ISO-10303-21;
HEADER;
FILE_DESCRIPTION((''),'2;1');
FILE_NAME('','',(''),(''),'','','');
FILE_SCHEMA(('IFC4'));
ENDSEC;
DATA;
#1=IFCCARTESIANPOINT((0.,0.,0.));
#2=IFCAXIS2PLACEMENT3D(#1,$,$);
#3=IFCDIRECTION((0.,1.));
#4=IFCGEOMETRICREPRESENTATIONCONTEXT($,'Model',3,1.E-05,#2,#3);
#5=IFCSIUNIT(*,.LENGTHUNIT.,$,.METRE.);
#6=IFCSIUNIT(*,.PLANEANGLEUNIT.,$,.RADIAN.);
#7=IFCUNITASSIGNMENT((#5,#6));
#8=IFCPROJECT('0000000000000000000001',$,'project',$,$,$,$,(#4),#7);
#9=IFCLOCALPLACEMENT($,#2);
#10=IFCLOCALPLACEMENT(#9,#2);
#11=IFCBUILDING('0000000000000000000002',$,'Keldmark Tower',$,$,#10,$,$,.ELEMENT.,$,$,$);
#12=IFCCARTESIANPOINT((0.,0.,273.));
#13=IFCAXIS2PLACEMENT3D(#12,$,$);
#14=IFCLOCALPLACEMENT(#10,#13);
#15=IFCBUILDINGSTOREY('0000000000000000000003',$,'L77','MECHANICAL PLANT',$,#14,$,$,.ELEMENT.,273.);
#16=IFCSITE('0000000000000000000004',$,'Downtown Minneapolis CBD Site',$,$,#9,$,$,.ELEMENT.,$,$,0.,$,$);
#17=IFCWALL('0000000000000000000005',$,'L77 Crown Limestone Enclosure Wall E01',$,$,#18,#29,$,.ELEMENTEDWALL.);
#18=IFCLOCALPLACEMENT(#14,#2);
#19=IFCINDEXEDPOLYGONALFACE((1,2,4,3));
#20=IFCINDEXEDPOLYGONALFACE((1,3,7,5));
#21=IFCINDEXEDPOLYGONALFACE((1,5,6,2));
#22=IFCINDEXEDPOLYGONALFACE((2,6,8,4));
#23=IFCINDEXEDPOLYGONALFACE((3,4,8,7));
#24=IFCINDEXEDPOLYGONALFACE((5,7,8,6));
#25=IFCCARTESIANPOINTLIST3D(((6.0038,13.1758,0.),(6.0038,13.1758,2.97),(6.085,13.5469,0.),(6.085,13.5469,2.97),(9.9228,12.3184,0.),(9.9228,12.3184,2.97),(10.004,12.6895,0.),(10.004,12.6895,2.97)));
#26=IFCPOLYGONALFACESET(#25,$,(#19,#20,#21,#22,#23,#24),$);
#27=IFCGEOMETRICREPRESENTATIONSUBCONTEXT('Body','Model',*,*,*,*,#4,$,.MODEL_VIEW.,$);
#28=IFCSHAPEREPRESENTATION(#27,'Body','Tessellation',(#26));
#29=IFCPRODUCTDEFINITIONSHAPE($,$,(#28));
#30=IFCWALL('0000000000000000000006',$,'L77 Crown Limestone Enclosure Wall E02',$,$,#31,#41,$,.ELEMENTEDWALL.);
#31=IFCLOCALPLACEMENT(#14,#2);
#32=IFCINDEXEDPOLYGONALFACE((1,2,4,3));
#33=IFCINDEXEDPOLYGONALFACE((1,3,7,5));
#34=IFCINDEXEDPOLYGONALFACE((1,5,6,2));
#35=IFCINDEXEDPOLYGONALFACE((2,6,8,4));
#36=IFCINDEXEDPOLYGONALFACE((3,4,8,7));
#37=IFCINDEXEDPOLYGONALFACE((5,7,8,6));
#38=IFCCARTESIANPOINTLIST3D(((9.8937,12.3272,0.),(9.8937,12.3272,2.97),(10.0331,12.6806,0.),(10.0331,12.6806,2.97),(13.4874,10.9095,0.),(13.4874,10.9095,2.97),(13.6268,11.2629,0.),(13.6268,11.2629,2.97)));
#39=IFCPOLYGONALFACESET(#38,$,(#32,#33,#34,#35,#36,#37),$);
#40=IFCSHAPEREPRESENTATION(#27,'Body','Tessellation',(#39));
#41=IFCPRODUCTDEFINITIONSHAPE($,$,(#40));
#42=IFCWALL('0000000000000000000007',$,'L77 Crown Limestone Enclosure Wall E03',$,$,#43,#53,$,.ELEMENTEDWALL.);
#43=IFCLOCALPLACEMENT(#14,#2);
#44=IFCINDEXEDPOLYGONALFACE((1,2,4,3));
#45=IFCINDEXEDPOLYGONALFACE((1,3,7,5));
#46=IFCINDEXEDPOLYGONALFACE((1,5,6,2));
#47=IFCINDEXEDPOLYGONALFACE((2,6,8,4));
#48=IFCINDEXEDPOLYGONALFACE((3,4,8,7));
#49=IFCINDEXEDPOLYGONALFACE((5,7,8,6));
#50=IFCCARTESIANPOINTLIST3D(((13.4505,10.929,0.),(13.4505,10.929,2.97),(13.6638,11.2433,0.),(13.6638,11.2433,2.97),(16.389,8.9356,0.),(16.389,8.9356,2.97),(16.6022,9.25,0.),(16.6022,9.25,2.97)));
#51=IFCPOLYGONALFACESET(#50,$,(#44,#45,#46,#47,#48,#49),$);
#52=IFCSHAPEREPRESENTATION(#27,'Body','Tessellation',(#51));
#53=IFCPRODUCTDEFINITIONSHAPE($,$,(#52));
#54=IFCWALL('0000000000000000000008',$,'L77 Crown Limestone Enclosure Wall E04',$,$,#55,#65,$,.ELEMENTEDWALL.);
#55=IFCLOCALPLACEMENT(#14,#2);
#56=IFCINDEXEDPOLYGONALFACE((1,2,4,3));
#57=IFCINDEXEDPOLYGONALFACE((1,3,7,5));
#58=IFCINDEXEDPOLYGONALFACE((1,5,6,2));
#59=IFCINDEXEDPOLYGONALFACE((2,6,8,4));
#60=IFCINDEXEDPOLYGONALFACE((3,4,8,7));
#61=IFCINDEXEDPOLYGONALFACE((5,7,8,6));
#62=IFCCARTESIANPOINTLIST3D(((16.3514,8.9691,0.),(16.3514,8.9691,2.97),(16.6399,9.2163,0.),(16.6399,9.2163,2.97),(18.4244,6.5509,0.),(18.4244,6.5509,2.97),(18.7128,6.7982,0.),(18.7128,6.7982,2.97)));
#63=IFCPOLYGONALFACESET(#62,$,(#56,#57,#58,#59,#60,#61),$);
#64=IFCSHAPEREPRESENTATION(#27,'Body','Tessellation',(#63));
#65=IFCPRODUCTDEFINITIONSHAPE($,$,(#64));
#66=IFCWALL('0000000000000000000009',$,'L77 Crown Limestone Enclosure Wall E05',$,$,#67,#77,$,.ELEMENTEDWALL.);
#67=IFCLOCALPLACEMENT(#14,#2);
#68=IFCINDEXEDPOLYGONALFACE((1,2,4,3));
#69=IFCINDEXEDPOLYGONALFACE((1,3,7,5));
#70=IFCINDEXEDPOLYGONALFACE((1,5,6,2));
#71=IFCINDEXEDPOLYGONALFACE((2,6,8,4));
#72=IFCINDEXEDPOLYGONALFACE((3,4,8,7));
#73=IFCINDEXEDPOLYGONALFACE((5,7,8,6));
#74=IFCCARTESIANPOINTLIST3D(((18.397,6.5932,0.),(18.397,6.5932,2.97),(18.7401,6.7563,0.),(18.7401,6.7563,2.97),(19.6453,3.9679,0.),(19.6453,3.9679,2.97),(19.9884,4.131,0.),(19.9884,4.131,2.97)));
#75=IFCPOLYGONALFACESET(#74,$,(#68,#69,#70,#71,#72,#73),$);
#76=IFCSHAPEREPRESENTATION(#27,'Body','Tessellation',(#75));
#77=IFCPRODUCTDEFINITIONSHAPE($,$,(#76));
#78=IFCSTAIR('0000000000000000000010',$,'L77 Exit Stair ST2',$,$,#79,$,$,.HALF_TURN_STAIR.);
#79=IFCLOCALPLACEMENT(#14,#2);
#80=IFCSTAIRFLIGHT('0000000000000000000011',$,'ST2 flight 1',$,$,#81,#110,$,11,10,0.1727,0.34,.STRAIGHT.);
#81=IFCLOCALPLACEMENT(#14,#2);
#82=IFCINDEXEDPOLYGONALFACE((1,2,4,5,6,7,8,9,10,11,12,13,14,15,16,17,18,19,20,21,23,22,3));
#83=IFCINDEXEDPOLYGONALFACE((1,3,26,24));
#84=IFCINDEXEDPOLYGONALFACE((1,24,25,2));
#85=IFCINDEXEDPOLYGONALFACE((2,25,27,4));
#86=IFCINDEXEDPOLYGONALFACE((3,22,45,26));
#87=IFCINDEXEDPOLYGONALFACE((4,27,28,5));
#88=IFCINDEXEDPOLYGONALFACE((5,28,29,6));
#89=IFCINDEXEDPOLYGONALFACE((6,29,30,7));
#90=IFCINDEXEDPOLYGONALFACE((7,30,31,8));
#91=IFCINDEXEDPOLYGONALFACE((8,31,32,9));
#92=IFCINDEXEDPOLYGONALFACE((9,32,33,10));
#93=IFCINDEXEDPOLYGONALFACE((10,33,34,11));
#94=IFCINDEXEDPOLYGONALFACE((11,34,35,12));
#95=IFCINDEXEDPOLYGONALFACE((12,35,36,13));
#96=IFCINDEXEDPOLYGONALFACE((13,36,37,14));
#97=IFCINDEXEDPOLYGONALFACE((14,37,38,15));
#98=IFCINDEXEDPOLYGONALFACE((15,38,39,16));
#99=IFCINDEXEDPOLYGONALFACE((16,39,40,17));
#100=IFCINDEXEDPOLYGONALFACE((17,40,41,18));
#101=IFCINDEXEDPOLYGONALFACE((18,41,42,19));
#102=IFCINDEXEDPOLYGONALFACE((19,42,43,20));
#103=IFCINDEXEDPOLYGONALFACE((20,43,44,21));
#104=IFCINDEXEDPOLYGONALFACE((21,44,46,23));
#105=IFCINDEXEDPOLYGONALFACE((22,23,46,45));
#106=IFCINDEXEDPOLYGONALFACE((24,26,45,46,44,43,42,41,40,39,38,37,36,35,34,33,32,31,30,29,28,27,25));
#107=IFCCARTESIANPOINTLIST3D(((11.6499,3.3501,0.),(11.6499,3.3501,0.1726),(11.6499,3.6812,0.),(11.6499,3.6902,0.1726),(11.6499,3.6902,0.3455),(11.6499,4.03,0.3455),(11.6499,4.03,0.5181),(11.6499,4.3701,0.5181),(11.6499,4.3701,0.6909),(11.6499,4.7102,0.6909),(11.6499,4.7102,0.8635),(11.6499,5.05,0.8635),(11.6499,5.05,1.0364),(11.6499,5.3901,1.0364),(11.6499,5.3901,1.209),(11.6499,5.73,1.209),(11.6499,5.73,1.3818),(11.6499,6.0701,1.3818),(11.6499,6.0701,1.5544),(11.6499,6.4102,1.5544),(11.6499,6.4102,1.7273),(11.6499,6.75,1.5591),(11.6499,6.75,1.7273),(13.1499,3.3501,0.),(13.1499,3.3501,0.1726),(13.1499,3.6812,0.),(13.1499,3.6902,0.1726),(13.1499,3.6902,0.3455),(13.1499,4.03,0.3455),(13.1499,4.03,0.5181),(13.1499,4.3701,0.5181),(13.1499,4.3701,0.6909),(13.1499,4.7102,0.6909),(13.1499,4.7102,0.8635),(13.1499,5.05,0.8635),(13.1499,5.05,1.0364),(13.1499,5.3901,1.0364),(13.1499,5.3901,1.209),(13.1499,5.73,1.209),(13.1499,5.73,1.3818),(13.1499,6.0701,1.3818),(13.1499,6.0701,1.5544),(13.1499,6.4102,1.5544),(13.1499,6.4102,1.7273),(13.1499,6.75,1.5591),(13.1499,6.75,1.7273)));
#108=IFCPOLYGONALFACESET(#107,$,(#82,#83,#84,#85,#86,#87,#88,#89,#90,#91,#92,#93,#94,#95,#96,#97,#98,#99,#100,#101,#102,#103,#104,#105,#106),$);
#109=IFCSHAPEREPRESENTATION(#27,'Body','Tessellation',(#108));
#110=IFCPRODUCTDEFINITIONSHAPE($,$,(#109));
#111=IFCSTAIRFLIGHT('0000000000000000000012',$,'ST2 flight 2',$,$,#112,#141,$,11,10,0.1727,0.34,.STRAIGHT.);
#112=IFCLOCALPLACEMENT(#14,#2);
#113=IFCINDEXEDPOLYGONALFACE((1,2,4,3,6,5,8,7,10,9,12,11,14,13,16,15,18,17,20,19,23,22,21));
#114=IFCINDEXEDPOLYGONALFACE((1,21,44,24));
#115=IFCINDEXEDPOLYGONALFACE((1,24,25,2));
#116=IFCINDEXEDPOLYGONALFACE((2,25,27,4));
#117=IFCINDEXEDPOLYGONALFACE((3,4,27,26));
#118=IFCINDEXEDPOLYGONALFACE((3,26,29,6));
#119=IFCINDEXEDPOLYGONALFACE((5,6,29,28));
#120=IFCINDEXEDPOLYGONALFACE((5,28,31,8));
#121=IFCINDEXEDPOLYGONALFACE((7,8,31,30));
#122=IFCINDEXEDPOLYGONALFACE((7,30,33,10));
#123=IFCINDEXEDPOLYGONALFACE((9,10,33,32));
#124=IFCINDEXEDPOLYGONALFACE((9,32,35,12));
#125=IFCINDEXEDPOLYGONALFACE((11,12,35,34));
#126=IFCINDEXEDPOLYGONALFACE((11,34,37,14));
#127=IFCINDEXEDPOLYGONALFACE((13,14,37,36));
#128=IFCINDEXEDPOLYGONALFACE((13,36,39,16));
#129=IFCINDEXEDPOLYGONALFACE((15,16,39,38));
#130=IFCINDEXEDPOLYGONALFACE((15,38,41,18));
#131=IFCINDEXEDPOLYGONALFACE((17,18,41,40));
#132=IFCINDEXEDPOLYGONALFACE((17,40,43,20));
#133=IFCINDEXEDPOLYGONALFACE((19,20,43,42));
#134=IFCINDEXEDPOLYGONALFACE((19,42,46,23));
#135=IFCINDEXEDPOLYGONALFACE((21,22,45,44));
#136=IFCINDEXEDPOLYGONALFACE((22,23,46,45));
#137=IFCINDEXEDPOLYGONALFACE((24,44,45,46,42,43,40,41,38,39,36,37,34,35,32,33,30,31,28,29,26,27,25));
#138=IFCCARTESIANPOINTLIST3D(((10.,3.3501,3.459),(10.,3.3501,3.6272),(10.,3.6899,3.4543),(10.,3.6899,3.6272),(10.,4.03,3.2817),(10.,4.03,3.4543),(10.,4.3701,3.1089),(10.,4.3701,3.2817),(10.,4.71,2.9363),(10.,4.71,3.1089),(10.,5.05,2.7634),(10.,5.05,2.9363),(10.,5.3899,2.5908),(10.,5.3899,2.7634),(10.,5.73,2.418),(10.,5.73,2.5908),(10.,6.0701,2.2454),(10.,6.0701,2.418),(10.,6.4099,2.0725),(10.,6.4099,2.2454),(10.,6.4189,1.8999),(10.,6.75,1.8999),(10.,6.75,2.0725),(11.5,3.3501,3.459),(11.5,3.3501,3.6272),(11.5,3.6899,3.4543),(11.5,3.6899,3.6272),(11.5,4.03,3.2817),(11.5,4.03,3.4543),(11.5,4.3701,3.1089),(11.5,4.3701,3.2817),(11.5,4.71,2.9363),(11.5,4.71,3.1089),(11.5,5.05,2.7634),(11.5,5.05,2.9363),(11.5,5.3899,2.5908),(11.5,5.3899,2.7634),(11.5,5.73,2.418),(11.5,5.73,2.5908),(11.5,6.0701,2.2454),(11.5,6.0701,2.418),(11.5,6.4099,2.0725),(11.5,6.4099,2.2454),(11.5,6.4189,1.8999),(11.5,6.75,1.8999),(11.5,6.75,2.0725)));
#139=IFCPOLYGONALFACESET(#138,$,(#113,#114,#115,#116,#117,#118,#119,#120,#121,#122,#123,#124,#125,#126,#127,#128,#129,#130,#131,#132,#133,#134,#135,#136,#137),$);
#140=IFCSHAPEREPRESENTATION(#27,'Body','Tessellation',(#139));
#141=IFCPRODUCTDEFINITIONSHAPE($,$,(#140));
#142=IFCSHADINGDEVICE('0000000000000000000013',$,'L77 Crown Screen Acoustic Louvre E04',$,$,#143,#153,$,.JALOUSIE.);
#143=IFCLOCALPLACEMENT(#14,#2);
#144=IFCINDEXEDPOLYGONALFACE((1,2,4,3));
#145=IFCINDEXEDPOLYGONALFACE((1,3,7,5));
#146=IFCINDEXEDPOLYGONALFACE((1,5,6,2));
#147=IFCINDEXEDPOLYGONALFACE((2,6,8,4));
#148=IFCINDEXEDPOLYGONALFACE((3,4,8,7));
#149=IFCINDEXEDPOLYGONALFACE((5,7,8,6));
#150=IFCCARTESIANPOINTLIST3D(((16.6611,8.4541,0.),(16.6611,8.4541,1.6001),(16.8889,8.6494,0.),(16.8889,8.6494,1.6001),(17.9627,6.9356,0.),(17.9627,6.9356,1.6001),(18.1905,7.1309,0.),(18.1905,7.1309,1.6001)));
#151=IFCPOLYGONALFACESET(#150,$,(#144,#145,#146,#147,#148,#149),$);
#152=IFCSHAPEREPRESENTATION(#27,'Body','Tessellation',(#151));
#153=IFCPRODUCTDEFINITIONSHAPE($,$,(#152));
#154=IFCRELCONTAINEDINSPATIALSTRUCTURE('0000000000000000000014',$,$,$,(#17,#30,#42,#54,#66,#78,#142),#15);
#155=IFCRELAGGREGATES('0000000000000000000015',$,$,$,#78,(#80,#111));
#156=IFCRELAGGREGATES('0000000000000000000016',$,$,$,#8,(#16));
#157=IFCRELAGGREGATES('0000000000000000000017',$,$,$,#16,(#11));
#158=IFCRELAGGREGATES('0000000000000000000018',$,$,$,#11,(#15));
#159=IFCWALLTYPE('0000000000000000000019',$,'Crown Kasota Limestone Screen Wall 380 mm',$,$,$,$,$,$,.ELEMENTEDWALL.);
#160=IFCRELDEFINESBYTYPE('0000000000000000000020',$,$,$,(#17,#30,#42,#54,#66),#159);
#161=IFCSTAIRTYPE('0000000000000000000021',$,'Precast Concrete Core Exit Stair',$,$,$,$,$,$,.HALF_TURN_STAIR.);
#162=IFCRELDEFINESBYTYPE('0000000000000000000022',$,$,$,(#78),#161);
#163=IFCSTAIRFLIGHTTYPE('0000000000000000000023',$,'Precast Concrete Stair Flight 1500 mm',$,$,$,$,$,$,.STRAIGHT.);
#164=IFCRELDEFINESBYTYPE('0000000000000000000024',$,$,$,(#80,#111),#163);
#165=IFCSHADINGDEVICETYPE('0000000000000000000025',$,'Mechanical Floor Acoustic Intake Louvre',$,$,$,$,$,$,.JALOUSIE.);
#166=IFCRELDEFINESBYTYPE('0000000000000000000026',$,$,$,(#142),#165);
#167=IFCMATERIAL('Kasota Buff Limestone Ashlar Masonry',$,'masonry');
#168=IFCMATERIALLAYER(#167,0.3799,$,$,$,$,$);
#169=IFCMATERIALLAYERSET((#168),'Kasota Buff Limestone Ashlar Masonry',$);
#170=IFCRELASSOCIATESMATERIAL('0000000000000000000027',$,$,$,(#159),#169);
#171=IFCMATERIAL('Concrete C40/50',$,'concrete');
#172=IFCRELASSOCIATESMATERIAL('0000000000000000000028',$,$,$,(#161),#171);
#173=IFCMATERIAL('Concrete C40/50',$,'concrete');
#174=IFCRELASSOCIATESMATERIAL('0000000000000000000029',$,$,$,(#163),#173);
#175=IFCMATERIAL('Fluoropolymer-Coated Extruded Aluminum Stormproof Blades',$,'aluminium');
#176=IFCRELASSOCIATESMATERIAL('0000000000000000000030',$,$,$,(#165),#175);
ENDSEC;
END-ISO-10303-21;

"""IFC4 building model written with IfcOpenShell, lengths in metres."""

from ifc_helpers import new_model, si_unit, direction, frame, frame_2d, origin, origin_2d, place, context, subcontext, project, spatial, polyline, rectangle, outline, extrude, material, layer, layer_set, type_object, element, aggregate, save


model = new_model("IFC4")

# Units and contexts
model_context = context("Model", 3, precision=1e-05, world=origin(), true_north=direction((0.0, 1.0)))
body_context = subcontext(model_context, "Body", "Model", "MODEL_VIEW")
ifc_project = project(units=[si_unit("LENGTHUNIT", "METRE"), si_unit("PLANEANGLEUNIT", "RADIAN")], contexts=[model_context])

# Site, building, storey
site_placement = place(None, origin())
site = spatial("IfcSite", under=ifc_project, at=site_placement, Name="Downtown Minneapolis CBD Site", CompositionType="ELEMENT", RefElevation=0.0)
building_placement = place(site_placement, origin())
building = spatial("IfcBuilding", under=site, at=building_placement, Name="Keldmark Tower", CompositionType="ELEMENT")
storey_placement = place(building_placement, frame((0.0, 0.0, 273.0)))
storey = spatial("IfcBuildingStorey", under=building, at=storey_placement, Name="L77", Description="MECHANICAL PLANT", CompositionType="ELEMENT", Elevation=273.0)

# Walls
ifc_material_1 = material(Name="Kasota Buff Limestone Ashlar Masonry", Category="masonry")
ifc_layer_1 = layer(ifc_material_1, 0.3799)
ifc_layer_set_1 = layer_set([ifc_layer_1], Name="Kasota Buff Limestone Ashlar Masonry")
wall_type_1 = type_object("IfcWallType", Name="Crown Kasota Limestone Screen Wall 380 mm", PredefinedType="ELEMENTEDWALL", material=ifc_layer_set_1)
wall_1_placement = place(storey_placement, frame((9.9634, 12.5039, 0.0), z_axis=(0.0, 0.0, 1.0), x_axis=(-0.976892, 0.213733, 0.0)))
element("IfcWall", 1, at=wall_1_placement, inside=storey, type_object=wall_type_1, Name="L77 Crown Limestone Enclosure Wall E01", PredefinedType="ELEMENTEDWALL", context=body_context, shape_type="SweptSolid", body=[
    extrude(rectangle(XDim=4.0117, YDim=0.3799, at=frame_2d((2.0059, 0.0))), origin(), (0.0, 0.0, 1.0), 2.97),
])
wall_2_placement = place(storey_placement, frame((13.5571, 11.0862, 0.0), z_axis=(0.0, 0.0, 1.0), x_axis=(-0.930231, 0.366974, 0.0)))
element("IfcWall", 2, at=wall_2_placement, inside=storey, type_object=wall_type_1, Name="L77 Crown Limestone Enclosure Wall E02", PredefinedType="ELEMENTEDWALL", context=body_context, shape_type="SweptSolid", body=[
    extrude(rectangle(XDim=3.8633, YDim=0.3799, at=frame_2d((1.9316, 0.0))), origin(), (0.0, 0.0, 1.0), 2.97),
])
wall_3_placement = place(storey_placement, frame((16.4956, 9.0928, 0.0), z_axis=(0.0, 0.0, 1.0), x_axis=(-0.827549, 0.561394, 0.0)))
element("IfcWall", 3, at=wall_3_placement, inside=storey, type_object=wall_type_1, Name="L77 Crown Limestone Enclosure Wall E03", PredefinedType="ELEMENTEDWALL", context=body_context, shape_type="SweptSolid", body=[
    extrude(rectangle(XDim=3.5508, YDim=0.3799, at=frame_2d((1.7754, 0.0))), origin(), (0.0, 0.0, 1.0), 2.97),
])
wall_4_placement = place(storey_placement, frame((18.5686, 6.6746, 0.0), z_axis=(0.0, 0.0, 1.0), x_axis=(-0.650836, 0.759219, 0.0)))
element("IfcWall", 4, at=wall_4_placement, inside=storey, type_object=wall_type_1, Name="L77 Crown Limestone Enclosure Wall E04", PredefinedType="ELEMENTEDWALL", context=body_context, shape_type="SweptSolid", body=[
    extrude(rectangle(XDim=3.1851, YDim=0.3799, at=frame_2d((1.5925, 0.0))), origin(), (0.0, 0.0, 1.0), 2.97),
])
wall_5_placement = place(storey_placement, frame((19.8169, 4.0493, 0.0), z_axis=(0.0, 0.0, 1.0), x_axis=(-0.429422, 0.903104, 0.0)))
element("IfcWall", 5, at=wall_5_placement, inside=storey, type_object=wall_type_1, Name="L77 Crown Limestone Enclosure Wall E05", PredefinedType="ELEMENTEDWALL", context=body_context, shape_type="SweptSolid", body=[
    extrude(rectangle(XDim=2.907, YDim=0.3799, at=frame_2d((1.4536, 0.0))), origin(), (0.0, 0.0, 1.0), 2.97),
])

# Stair, stair flights
ifc_material_2 = material(Name="Concrete C40/50", Category="concrete")
stair_type = type_object("IfcStairType", Name="Precast Concrete Core Exit Stair", PredefinedType="HALF_TURN_STAIR", material=ifc_material_2)
stair_placement = place(storey_placement, origin())
stair = element("IfcStair", 6, at=stair_placement, inside=storey, type_object=stair_type, Name="L77 Exit Stair ST2", PredefinedType="HALF_TURN_STAIR")
ifc_material_3 = material(Name="Concrete C40/50", Category="concrete")
stair_flight_type = type_object("IfcStairFlightType", Name="Precast Concrete Stair Flight 1500 mm", PredefinedType="STRAIGHT", material=ifc_material_3)
stair_flight_1_placement = place(storey_placement, frame((12.3999, 3.3501, 0.0), z_axis=(0.0, 0.0, 1.0), x_axis=(0.0, 1.0, 0.0)))
stair_flight_1 = element("IfcStairFlight", 7, at=stair_flight_1_placement, type_object=stair_flight_type, Name="ST2 flight 1", NumberOfRisers=11, NumberOfTreads=10, PredefinedType="STRAIGHT", RiserHeight=0.1727, TreadLength=0.34, context=body_context, shape_type="SweptSolid", body=[
    extrude(outline(polyline([(0.0, 0.0), (0.0, 0.1726), (0.3401, 0.1726), (0.3401, 0.3455), (0.6799, 0.3455), (0.6799, 0.5181), (1.02, 0.5181), (1.02, 0.6909), (1.3601, 0.6909), (1.3601, 0.8635), (1.7, 0.8635), (1.7, 1.0364), (2.04, 1.0364), (2.04, 1.209), (2.3799, 1.209), (2.3799, 1.3818), (2.72, 1.3818), (2.72, 1.5544), (3.0601, 1.5544), (3.0601, 1.7273), (3.3999, 1.7273), (3.3999, 1.8999), (3.3999, 1.5591), (0.3311, 0.0), (0.0, 0.0)])), frame((0.0, 0.75, 0.0), z_axis=(0.0, -1.0, 0.0), x_axis=(1.0, 0.0, 0.0)), (0.0, 0.0, 1.0), 1.5),
])
stair_flight_2_placement = place(storey_placement, frame((10.75, 6.75, 1.8999), z_axis=(0.0, 0.0, 1.0), x_axis=(0.0, -1.0, 0.0)))
stair_flight_2 = element("IfcStairFlight", 8, at=stair_flight_2_placement, type_object=stair_flight_type, Name="ST2 flight 2", NumberOfRisers=11, NumberOfTreads=10, PredefinedType="STRAIGHT", RiserHeight=0.1727, TreadLength=0.34, context=body_context, shape_type="SweptSolid", body=[
    extrude(outline(polyline([(0.0, 0.0), (0.0, 0.1726), (0.3401, 0.1726), (0.3401, 0.3455), (0.6799, 0.3455), (0.6799, 0.5181), (1.02, 0.5181), (1.02, 0.6909), (1.3601, 0.6909), (1.3601, 0.8635), (1.7, 0.8635), (1.7, 1.0364), (2.04, 1.0364), (2.04, 1.209), (2.3799, 1.209), (2.3799, 1.3818), (2.72, 1.3818), (2.72, 1.5544), (3.0601, 1.5544), (3.0601, 1.7273), (3.3999, 1.7273), (3.3999, 1.8999), (3.3999, 1.5591), (0.3311, 0.0), (0.0, 0.0)])), frame((0.0, 0.75, 0.0), z_axis=(0.0, -1.0, 0.0), x_axis=(1.0, 0.0, 0.0)), (0.0, 0.0, 1.0), 1.5),
])
aggregate(stair, [stair_flight_1, stair_flight_2])

# Shading device
ifc_material_4 = material(Name="Fluoropolymer-Coated Extruded Aluminum Stormproof Blades", Category="aluminium")
shading_device_type = type_object("IfcShadingDeviceType", Name="Mechanical Floor Acoustic Intake Louvre", PredefinedType="JALOUSIE", material=ifc_material_4)
shading_device_placement = place(storey_placement, frame((17.4258, 7.7925, 0.0), z_axis=(0.0, 0.0, 1.0), x_axis=(-0.650801, 0.759249, 0.0)))
element("IfcShadingDevice", 9, at=shading_device_placement, inside=storey, type_object=shading_device_type, Name="L77 Crown Screen Acoustic Louvre E04", PredefinedType="JALOUSIE", context=body_context, shape_type="SweptSolid", body=[
    extrude(rectangle(XDim=2.0, YDim=0.3, at=origin_2d()), origin(), (0.0, 0.0, 1.0), 1.6001),
])

save(model, "model.ifc")
